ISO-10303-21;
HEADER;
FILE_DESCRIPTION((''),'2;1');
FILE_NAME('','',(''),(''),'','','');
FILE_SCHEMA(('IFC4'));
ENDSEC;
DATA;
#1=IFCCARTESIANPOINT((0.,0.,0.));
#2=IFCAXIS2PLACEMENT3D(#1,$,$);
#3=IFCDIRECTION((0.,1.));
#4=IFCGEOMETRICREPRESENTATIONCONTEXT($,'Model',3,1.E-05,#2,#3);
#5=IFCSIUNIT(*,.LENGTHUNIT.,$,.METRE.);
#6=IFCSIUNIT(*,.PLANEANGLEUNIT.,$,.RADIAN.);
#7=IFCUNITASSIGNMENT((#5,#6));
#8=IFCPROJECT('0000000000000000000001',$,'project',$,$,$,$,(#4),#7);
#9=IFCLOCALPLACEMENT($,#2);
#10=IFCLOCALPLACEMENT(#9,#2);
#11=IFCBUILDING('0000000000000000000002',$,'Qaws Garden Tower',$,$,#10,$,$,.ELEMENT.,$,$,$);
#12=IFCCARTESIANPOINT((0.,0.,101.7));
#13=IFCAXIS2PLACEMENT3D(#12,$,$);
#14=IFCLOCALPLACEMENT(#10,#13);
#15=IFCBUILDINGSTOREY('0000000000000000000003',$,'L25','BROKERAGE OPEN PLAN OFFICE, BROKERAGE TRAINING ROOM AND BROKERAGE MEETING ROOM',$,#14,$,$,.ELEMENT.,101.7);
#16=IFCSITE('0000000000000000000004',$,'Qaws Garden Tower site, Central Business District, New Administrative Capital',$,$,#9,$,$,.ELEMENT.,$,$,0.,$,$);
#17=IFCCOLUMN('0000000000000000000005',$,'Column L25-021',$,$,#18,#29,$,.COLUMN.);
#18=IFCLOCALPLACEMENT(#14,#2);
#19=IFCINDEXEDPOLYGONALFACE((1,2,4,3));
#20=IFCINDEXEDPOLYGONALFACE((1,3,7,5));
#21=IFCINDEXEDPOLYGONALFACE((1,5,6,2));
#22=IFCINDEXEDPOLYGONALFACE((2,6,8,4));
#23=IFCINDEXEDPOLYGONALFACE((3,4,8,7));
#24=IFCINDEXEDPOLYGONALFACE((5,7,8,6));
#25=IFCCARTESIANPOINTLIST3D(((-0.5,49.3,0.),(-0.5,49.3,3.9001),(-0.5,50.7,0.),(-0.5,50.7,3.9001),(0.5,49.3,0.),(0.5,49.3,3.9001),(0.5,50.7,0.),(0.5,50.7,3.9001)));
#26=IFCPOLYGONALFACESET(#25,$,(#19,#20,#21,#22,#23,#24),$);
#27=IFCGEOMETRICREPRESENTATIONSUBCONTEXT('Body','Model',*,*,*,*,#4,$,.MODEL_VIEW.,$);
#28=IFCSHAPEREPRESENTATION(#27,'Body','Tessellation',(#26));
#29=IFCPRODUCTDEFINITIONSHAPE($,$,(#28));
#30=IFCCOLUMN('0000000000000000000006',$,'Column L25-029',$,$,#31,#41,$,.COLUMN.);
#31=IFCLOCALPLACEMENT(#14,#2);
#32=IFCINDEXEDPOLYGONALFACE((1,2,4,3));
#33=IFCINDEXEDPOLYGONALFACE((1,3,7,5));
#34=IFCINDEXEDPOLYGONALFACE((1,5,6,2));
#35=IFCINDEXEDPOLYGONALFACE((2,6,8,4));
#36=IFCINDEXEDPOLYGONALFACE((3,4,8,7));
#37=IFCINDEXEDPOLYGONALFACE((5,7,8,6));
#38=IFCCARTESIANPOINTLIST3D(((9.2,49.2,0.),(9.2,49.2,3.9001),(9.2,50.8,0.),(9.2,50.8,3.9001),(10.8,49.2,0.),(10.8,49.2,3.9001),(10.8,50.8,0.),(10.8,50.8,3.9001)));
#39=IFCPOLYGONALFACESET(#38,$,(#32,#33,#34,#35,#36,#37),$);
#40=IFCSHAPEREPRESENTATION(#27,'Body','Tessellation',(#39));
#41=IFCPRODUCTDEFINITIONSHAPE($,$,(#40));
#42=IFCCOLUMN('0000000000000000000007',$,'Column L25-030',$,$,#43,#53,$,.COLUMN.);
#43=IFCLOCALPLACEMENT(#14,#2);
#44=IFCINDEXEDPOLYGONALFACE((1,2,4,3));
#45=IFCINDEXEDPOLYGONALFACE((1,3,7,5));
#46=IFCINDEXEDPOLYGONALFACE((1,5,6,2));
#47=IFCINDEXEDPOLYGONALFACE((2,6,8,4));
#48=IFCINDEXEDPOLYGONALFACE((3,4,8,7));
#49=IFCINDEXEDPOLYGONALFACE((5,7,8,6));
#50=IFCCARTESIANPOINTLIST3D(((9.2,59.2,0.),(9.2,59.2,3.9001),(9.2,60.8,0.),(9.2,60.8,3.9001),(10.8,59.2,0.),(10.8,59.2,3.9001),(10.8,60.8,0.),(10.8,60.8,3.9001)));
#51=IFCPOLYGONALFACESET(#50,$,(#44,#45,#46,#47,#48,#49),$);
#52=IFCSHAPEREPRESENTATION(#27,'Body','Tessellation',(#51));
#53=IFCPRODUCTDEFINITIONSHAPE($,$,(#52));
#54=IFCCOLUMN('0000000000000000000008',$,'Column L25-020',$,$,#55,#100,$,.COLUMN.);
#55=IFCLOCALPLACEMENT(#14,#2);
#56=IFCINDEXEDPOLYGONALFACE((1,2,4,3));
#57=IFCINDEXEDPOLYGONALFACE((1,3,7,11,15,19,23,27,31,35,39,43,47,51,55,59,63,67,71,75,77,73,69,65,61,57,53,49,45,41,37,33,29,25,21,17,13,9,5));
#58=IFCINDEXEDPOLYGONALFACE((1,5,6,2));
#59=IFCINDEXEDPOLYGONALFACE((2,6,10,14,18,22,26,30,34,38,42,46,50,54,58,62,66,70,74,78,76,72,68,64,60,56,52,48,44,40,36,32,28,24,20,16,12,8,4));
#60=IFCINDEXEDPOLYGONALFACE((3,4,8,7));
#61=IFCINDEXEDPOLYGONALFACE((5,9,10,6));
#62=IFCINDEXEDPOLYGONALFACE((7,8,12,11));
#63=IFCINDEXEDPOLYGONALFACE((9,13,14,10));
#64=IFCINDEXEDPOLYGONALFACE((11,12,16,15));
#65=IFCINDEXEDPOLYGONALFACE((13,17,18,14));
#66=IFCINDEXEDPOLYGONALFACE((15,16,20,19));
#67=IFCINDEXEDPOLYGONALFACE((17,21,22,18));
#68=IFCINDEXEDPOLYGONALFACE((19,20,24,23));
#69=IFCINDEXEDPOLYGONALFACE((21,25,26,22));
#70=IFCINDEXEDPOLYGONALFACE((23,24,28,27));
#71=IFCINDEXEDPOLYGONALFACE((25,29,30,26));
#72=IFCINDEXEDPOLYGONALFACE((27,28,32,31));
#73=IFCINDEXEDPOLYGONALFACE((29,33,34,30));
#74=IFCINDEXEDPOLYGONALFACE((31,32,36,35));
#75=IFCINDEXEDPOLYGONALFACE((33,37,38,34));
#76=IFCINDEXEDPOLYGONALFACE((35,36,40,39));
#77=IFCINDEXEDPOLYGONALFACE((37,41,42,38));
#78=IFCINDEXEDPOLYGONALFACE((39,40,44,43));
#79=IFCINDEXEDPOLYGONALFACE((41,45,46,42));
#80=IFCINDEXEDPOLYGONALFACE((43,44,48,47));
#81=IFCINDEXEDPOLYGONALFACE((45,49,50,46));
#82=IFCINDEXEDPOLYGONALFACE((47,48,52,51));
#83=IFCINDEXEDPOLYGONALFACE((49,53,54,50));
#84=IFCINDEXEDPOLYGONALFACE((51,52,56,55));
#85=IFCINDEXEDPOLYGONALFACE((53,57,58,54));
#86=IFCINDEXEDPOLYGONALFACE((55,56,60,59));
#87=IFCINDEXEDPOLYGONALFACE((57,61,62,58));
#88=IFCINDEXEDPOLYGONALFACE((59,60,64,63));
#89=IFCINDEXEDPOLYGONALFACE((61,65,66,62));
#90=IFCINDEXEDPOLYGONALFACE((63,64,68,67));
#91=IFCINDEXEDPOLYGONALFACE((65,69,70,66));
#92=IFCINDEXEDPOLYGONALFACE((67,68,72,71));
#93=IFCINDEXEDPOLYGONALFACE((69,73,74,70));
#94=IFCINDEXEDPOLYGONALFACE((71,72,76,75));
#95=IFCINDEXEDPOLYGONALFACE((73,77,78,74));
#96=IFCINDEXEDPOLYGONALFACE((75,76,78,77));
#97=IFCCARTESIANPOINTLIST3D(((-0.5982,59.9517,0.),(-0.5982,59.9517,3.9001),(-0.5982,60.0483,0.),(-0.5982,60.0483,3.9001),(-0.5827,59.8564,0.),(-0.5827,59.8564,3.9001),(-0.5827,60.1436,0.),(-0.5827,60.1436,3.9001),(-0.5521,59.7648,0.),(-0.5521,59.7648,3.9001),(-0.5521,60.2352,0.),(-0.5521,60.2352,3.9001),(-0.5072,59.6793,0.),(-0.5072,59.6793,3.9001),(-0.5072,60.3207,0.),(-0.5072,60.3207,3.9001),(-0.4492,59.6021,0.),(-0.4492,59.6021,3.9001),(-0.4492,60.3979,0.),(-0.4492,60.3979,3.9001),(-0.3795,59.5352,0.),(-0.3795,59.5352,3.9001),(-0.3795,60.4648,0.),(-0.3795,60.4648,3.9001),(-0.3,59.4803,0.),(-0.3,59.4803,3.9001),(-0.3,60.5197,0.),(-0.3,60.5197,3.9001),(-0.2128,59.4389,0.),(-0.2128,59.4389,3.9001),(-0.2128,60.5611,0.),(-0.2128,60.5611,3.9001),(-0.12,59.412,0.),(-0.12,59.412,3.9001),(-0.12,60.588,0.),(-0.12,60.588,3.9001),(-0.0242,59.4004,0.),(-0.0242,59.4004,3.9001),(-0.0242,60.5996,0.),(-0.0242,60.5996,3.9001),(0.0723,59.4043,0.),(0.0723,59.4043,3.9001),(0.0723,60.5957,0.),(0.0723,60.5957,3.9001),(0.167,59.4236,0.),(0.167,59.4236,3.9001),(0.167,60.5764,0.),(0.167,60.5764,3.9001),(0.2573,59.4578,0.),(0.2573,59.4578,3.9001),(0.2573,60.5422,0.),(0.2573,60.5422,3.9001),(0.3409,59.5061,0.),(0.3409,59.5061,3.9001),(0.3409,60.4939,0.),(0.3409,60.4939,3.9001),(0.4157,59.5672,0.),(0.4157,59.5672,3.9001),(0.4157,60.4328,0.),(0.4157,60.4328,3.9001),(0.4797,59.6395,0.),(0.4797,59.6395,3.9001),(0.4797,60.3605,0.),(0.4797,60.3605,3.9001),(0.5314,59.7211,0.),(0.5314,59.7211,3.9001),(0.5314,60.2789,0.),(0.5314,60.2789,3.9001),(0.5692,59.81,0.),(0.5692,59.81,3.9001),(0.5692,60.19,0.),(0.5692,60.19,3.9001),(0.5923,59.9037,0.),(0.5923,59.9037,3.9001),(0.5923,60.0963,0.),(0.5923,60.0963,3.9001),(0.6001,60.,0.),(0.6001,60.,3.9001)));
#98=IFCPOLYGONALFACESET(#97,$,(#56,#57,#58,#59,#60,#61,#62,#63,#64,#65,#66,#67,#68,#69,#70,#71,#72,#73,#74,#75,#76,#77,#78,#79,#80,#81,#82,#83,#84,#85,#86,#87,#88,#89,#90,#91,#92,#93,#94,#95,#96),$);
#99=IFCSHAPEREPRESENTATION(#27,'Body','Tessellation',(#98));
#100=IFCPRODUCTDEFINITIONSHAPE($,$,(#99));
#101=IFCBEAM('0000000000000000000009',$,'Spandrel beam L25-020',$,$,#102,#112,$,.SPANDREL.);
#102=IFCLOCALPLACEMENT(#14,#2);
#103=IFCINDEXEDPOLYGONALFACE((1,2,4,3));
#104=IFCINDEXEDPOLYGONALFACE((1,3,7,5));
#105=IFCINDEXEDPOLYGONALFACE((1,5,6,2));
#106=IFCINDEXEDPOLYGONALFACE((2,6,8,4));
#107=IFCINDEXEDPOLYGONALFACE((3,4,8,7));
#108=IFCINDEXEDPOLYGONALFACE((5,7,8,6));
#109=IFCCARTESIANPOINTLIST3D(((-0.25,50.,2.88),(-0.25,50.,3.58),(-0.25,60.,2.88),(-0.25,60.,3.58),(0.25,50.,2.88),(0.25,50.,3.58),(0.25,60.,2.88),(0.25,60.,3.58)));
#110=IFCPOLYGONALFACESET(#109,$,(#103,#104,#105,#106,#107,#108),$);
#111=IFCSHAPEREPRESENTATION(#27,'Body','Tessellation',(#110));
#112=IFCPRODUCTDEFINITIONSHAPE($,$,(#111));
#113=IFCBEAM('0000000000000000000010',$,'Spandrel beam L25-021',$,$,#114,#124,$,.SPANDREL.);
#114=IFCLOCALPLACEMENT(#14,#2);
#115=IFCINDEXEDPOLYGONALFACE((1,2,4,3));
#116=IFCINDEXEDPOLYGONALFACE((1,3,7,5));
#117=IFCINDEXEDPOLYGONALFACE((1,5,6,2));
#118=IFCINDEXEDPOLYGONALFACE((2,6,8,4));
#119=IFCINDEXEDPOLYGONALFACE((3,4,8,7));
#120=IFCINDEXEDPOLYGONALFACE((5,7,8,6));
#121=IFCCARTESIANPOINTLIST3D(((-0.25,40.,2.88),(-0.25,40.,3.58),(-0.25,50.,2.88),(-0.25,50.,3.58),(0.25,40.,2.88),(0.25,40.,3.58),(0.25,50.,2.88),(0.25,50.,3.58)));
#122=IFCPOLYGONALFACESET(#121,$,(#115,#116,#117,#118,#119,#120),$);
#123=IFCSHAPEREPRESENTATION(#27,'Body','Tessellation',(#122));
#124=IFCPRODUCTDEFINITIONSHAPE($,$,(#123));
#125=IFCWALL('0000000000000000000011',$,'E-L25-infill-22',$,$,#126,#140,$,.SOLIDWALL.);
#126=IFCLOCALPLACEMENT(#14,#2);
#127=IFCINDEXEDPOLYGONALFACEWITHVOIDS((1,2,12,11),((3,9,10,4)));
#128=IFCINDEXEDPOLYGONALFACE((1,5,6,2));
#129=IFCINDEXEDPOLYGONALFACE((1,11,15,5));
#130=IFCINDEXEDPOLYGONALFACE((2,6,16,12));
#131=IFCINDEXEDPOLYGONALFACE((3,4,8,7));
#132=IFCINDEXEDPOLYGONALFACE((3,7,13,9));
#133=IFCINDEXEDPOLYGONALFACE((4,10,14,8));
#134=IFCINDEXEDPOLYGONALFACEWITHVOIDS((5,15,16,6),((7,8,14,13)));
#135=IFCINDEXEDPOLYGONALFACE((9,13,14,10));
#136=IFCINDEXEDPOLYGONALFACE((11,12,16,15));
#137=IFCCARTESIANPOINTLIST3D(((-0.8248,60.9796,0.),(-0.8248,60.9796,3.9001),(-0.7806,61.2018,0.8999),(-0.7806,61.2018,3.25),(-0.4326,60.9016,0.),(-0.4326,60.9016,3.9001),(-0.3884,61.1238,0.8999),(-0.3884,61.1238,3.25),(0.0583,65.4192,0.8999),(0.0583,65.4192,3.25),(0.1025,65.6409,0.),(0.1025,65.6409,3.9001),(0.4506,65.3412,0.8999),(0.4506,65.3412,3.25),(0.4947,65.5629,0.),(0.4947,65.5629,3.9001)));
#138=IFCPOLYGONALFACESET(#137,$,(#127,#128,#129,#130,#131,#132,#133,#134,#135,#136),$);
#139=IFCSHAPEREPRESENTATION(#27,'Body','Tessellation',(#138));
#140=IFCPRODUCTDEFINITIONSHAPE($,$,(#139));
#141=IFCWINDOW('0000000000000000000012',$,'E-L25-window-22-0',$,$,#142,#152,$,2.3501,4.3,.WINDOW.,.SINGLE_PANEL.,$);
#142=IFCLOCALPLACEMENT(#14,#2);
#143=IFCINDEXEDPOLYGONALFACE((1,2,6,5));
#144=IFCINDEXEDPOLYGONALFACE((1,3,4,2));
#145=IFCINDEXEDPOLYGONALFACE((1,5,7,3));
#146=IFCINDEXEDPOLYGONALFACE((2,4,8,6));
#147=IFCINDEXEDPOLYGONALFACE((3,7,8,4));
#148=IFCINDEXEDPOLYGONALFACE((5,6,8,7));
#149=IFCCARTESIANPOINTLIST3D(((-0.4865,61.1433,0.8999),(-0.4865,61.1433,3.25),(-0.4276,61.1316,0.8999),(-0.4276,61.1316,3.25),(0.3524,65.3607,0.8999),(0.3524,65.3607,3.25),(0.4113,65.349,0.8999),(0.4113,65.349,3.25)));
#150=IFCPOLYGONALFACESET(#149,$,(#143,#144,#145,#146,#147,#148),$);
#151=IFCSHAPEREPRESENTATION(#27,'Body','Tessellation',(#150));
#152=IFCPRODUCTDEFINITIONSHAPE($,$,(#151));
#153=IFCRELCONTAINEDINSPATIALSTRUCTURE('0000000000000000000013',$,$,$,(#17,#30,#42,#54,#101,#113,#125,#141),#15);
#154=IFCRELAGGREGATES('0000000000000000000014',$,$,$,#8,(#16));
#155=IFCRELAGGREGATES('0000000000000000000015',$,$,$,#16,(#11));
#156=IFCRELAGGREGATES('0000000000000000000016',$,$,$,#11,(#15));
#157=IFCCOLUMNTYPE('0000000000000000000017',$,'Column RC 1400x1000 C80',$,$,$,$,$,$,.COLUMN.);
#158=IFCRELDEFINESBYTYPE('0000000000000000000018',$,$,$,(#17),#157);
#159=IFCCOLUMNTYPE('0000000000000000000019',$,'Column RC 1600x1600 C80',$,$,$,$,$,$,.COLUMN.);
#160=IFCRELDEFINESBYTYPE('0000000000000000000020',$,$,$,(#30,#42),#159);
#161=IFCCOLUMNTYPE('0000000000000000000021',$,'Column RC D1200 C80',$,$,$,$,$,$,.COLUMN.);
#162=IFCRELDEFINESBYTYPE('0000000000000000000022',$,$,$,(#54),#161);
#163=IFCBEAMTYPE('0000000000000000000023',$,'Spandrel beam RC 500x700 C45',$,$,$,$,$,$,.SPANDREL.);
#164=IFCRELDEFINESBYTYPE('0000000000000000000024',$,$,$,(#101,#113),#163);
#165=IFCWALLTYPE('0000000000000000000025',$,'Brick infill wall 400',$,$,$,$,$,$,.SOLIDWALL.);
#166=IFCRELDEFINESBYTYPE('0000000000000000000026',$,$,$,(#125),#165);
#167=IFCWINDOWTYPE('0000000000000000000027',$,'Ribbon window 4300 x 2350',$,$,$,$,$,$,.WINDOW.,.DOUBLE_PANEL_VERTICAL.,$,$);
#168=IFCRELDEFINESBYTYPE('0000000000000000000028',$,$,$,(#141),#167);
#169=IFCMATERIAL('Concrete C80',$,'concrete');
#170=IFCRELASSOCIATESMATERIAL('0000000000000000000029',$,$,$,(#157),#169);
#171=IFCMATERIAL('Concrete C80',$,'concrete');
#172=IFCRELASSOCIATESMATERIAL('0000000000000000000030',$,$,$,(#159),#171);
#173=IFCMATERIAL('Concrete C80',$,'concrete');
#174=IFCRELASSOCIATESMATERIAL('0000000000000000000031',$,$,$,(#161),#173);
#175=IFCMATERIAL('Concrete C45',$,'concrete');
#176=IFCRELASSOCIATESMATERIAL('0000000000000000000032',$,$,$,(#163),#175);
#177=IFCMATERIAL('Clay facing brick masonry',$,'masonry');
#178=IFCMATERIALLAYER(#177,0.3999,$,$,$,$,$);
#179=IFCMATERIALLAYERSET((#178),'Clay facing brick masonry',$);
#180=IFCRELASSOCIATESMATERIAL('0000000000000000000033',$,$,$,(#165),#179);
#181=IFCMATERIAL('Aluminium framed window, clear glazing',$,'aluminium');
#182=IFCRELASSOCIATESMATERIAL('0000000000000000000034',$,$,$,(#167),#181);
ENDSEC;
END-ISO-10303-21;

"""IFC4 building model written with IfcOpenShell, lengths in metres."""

from ifc_helpers import new_model, si_unit, direction, frame, frame_2d, origin, origin_2d, place, context, subcontext, project, spatial, rectangle, circle, extrude, material, layer, layer_set, material_profile, profile_set, type_object, element, fill, save


model = new_model("IFC4")

# Units and contexts
model_context = context("Model", 3, precision=1e-05, world=origin(), true_north=direction((0.0, 1.0)))
body_context = subcontext(model_context, "Body", "Model", "MODEL_VIEW")
ifc_project = project(units=[si_unit("LENGTHUNIT", "METRE"), si_unit("PLANEANGLEUNIT", "RADIAN")], contexts=[model_context])

# Site, building, storey
site_placement = place(None, origin())
site = spatial("IfcSite", under=ifc_project, at=site_placement, Name="Qaws Garden Tower site, Central Business District, New Administrative Capital", CompositionType="ELEMENT", RefElevation=0.0)
building_placement = place(site_placement, origin())
building = spatial("IfcBuilding", under=site, at=building_placement, Name="Qaws Garden Tower", CompositionType="ELEMENT")
storey_placement = place(building_placement, frame((0.0, 0.0, 101.7)))
storey = spatial("IfcBuildingStorey", under=building, at=storey_placement, Name="L25", Description="BROKERAGE OPEN PLAN OFFICE, BROKERAGE TRAINING ROOM AND BROKERAGE MEETING ROOM", CompositionType="ELEMENT", Elevation=101.7)

# Columns
ifc_material_1 = material(Name="Concrete C80", Category="concrete")
ifc_material_profile_1 = material_profile(ifc_material_1, rectangle(XDim=1.3999, YDim=1.0, at=origin_2d()), Name="RC 1400x1000")
ifc_profile_set_1 = profile_set([ifc_material_profile_1], Name="Concrete C80")
column_type_1 = type_object("IfcColumnType", Name="Column RC 1400x1000 C80", PredefinedType="COLUMN", material=ifc_profile_set_1)
column_1_placement = place(storey_placement, frame((0.0, 50.0, 0.0), z_axis=(0.0, 0.0, 1.0), x_axis=(0.0, 1.0, 0.0)))
element("IfcColumn", 1, at=column_1_placement, inside=storey, type_object=column_type_1, Name="Column L25-021", PredefinedType="COLUMN", context=body_context, shape_type="SweptSolid", body=[
    extrude(rectangle(XDim=1.3999, YDim=1.0, at=origin_2d()), origin(), (0.0, 0.0, 1.0), 3.9001),
])
ifc_material_2 = material(Name="Concrete C80", Category="concrete")
ifc_material_profile_2 = material_profile(ifc_material_2, rectangle(XDim=1.6001, YDim=1.6001, at=origin_2d()), Name="RC 1600x1600")
ifc_profile_set_2 = profile_set([ifc_material_profile_2], Name="Concrete C80")
column_type_2 = type_object("IfcColumnType", Name="Column RC 1600x1600 C80", PredefinedType="COLUMN", material=ifc_profile_set_2)
for number, where, z_axis, x_axis, name in (
    (2, (10.0, 50.0, 0.0), (0.0, 0.0, 1.0), (1.0, 0.0, 0.0), "Column L25-029"),
    (3, (10.0, 60.0, 0.0), (0.0, 0.0, 1.0), (1.0, 0.0, 0.0), "Column L25-030"),
):
    element("IfcColumn", number, at=place(storey_placement, frame(where, z_axis=z_axis, x_axis=x_axis)), inside=storey, type_object=column_type_2, Name=name, PredefinedType="COLUMN", context=body_context, shape_type="SweptSolid", body=[
        extrude(rectangle(XDim=1.6001, YDim=1.6001, at=origin_2d()), origin(), (0.0, 0.0, 1.0), 3.9001),
    ])
ifc_material_3 = material(Name="Concrete C80", Category="concrete")
ifc_material_profile_3 = material_profile(ifc_material_3, circle(Radius=0.6001, at=origin_2d()), Name="RC D1200")
ifc_profile_set_3 = profile_set([ifc_material_profile_3], Name="Concrete C80")
column_type_3 = type_object("IfcColumnType", Name="Column RC D1200 C80", PredefinedType="COLUMN", material=ifc_profile_set_3)
column_2_placement = place(storey_placement, frame((0.0, 60.0, 0.0), z_axis=(0.0, 0.0, 1.0), x_axis=(1.0, 0.0, 0.0)))
element("IfcColumn", 4, at=column_2_placement, inside=storey, type_object=column_type_3, Name="Column L25-020", PredefinedType="COLUMN", context=body_context, shape_type="SweptSolid", body=[
    extrude(circle(Radius=0.6001, at=origin_2d()), origin(), (0.0, 0.0, 1.0), 3.9001),
])

# Beams
ifc_material_4 = material(Name="Concrete C45", Category="concrete")
ifc_material_profile_4 = material_profile(ifc_material_4, rectangle(XDim=0.5, YDim=0.7, at=origin_2d()), Name="RC 500x700")
ifc_profile_set_4 = profile_set([ifc_material_profile_4], Name="Concrete C45")
beam_type = type_object("IfcBeamType", Name="Spandrel beam RC 500x700 C45", PredefinedType="SPANDREL", material=ifc_profile_set_4)
for number, where, z_axis, x_axis, name in (
    (5, (0.0, 60.0, 3.23), (0.0, -1.0, 0.0), (1.0, 0.0, 0.0), "Spandrel beam L25-020"),
    (6, (0.0, 50.0, 3.23), (0.0, -1.0, 0.0), (1.0, 0.0, 0.0), "Spandrel beam L25-021"),
):
    element("IfcBeam", number, at=place(storey_placement, frame(where, z_axis=z_axis, x_axis=x_axis)), inside=storey, type_object=beam_type, Name=name, PredefinedType="SPANDREL", context=body_context, shape_type="SweptSolid", body=[
        extrude(rectangle(XDim=0.5, YDim=0.7, at=origin_2d()), origin(), (0.0, 0.0, 1.0), 10.0),
    ])

# Wall, opening, window
ifc_material_5 = material(Name="Clay facing brick masonry", Category="masonry")
ifc_layer_1 = layer(ifc_material_5, 0.3999)
ifc_layer_set_1 = layer_set([ifc_layer_1], Name="Clay facing brick masonry")
wall_type_1 = type_object("IfcWallType", Name="Brick infill wall 400", PredefinedType="SOLIDWALL", material=ifc_layer_set_1)
wall_1_placement = place(storey_placement, frame((0.2986, 65.6021, 0.0), z_axis=(0.0, 0.0, 1.0), x_axis=(-0.195099, -0.980784, 0.0)))
wall_1 = element("IfcWall", 7, at=wall_1_placement, inside=storey, type_object=wall_type_1, Name="E-L25-infill-22", PredefinedType="SOLIDWALL", context=body_context, shape_type="SweptSolid", body=[
    extrude(rectangle(XDim=4.7527, YDim=0.3999, at=frame_2d((2.3765, 0.0))), origin(), (0.0, 0.0, 1.0), 3.9001),
])
opening_1_placement = place(wall_1_placement, frame((0.2263, 0.0, 0.8999)))
opening_1 = element("IfcOpeningElement", 8, at=opening_1_placement, cuts=wall_1, PredefinedType="OPENING", context=body_context, shape_type="SweptSolid", body=[
    extrude(rectangle(XDim=4.3, YDim=2.3501, at=frame_2d((2.1499, 1.175))), frame((0.0, 0.21, 0.0), z_axis=(0.0, -1.0, 0.0), x_axis=(1.0, 0.0, 0.0)), (0.0, 0.0, 1.0), 0.4199),
])
ifc_material_6 = material(Name="Aluminium framed window, clear glazing", Category="aluminium")
window_type_1 = type_object("IfcWindowType", Name="Ribbon window 4300 x 2350", PartitioningType="DOUBLE_PANEL_VERTICAL", PredefinedType="WINDOW", material=ifc_material_6)
window_1_placement = place(opening_1_placement, origin())
window_1 = element("IfcWindow", 9, at=window_1_placement, inside=storey, type_object=window_type_1, Name="E-L25-window-22-0", OverallHeight=2.3501, OverallWidth=4.3, PartitioningType="SINGLE_PANEL", PredefinedType="WINDOW", context=body_context, shape_type="SweptSolid", body=[
    extrude(rectangle(XDim=4.3, YDim=2.3501, at=frame_2d((2.1499, 1.175))), frame((0.0, 0.1599, 0.0), z_axis=(0.0, -1.0, 0.0), x_axis=(1.0, 0.0, 0.0)), (0.0, 0.0, 1.0), 0.0601),
])
fill(opening_1, window_1)

save(model, "model.ifc")
